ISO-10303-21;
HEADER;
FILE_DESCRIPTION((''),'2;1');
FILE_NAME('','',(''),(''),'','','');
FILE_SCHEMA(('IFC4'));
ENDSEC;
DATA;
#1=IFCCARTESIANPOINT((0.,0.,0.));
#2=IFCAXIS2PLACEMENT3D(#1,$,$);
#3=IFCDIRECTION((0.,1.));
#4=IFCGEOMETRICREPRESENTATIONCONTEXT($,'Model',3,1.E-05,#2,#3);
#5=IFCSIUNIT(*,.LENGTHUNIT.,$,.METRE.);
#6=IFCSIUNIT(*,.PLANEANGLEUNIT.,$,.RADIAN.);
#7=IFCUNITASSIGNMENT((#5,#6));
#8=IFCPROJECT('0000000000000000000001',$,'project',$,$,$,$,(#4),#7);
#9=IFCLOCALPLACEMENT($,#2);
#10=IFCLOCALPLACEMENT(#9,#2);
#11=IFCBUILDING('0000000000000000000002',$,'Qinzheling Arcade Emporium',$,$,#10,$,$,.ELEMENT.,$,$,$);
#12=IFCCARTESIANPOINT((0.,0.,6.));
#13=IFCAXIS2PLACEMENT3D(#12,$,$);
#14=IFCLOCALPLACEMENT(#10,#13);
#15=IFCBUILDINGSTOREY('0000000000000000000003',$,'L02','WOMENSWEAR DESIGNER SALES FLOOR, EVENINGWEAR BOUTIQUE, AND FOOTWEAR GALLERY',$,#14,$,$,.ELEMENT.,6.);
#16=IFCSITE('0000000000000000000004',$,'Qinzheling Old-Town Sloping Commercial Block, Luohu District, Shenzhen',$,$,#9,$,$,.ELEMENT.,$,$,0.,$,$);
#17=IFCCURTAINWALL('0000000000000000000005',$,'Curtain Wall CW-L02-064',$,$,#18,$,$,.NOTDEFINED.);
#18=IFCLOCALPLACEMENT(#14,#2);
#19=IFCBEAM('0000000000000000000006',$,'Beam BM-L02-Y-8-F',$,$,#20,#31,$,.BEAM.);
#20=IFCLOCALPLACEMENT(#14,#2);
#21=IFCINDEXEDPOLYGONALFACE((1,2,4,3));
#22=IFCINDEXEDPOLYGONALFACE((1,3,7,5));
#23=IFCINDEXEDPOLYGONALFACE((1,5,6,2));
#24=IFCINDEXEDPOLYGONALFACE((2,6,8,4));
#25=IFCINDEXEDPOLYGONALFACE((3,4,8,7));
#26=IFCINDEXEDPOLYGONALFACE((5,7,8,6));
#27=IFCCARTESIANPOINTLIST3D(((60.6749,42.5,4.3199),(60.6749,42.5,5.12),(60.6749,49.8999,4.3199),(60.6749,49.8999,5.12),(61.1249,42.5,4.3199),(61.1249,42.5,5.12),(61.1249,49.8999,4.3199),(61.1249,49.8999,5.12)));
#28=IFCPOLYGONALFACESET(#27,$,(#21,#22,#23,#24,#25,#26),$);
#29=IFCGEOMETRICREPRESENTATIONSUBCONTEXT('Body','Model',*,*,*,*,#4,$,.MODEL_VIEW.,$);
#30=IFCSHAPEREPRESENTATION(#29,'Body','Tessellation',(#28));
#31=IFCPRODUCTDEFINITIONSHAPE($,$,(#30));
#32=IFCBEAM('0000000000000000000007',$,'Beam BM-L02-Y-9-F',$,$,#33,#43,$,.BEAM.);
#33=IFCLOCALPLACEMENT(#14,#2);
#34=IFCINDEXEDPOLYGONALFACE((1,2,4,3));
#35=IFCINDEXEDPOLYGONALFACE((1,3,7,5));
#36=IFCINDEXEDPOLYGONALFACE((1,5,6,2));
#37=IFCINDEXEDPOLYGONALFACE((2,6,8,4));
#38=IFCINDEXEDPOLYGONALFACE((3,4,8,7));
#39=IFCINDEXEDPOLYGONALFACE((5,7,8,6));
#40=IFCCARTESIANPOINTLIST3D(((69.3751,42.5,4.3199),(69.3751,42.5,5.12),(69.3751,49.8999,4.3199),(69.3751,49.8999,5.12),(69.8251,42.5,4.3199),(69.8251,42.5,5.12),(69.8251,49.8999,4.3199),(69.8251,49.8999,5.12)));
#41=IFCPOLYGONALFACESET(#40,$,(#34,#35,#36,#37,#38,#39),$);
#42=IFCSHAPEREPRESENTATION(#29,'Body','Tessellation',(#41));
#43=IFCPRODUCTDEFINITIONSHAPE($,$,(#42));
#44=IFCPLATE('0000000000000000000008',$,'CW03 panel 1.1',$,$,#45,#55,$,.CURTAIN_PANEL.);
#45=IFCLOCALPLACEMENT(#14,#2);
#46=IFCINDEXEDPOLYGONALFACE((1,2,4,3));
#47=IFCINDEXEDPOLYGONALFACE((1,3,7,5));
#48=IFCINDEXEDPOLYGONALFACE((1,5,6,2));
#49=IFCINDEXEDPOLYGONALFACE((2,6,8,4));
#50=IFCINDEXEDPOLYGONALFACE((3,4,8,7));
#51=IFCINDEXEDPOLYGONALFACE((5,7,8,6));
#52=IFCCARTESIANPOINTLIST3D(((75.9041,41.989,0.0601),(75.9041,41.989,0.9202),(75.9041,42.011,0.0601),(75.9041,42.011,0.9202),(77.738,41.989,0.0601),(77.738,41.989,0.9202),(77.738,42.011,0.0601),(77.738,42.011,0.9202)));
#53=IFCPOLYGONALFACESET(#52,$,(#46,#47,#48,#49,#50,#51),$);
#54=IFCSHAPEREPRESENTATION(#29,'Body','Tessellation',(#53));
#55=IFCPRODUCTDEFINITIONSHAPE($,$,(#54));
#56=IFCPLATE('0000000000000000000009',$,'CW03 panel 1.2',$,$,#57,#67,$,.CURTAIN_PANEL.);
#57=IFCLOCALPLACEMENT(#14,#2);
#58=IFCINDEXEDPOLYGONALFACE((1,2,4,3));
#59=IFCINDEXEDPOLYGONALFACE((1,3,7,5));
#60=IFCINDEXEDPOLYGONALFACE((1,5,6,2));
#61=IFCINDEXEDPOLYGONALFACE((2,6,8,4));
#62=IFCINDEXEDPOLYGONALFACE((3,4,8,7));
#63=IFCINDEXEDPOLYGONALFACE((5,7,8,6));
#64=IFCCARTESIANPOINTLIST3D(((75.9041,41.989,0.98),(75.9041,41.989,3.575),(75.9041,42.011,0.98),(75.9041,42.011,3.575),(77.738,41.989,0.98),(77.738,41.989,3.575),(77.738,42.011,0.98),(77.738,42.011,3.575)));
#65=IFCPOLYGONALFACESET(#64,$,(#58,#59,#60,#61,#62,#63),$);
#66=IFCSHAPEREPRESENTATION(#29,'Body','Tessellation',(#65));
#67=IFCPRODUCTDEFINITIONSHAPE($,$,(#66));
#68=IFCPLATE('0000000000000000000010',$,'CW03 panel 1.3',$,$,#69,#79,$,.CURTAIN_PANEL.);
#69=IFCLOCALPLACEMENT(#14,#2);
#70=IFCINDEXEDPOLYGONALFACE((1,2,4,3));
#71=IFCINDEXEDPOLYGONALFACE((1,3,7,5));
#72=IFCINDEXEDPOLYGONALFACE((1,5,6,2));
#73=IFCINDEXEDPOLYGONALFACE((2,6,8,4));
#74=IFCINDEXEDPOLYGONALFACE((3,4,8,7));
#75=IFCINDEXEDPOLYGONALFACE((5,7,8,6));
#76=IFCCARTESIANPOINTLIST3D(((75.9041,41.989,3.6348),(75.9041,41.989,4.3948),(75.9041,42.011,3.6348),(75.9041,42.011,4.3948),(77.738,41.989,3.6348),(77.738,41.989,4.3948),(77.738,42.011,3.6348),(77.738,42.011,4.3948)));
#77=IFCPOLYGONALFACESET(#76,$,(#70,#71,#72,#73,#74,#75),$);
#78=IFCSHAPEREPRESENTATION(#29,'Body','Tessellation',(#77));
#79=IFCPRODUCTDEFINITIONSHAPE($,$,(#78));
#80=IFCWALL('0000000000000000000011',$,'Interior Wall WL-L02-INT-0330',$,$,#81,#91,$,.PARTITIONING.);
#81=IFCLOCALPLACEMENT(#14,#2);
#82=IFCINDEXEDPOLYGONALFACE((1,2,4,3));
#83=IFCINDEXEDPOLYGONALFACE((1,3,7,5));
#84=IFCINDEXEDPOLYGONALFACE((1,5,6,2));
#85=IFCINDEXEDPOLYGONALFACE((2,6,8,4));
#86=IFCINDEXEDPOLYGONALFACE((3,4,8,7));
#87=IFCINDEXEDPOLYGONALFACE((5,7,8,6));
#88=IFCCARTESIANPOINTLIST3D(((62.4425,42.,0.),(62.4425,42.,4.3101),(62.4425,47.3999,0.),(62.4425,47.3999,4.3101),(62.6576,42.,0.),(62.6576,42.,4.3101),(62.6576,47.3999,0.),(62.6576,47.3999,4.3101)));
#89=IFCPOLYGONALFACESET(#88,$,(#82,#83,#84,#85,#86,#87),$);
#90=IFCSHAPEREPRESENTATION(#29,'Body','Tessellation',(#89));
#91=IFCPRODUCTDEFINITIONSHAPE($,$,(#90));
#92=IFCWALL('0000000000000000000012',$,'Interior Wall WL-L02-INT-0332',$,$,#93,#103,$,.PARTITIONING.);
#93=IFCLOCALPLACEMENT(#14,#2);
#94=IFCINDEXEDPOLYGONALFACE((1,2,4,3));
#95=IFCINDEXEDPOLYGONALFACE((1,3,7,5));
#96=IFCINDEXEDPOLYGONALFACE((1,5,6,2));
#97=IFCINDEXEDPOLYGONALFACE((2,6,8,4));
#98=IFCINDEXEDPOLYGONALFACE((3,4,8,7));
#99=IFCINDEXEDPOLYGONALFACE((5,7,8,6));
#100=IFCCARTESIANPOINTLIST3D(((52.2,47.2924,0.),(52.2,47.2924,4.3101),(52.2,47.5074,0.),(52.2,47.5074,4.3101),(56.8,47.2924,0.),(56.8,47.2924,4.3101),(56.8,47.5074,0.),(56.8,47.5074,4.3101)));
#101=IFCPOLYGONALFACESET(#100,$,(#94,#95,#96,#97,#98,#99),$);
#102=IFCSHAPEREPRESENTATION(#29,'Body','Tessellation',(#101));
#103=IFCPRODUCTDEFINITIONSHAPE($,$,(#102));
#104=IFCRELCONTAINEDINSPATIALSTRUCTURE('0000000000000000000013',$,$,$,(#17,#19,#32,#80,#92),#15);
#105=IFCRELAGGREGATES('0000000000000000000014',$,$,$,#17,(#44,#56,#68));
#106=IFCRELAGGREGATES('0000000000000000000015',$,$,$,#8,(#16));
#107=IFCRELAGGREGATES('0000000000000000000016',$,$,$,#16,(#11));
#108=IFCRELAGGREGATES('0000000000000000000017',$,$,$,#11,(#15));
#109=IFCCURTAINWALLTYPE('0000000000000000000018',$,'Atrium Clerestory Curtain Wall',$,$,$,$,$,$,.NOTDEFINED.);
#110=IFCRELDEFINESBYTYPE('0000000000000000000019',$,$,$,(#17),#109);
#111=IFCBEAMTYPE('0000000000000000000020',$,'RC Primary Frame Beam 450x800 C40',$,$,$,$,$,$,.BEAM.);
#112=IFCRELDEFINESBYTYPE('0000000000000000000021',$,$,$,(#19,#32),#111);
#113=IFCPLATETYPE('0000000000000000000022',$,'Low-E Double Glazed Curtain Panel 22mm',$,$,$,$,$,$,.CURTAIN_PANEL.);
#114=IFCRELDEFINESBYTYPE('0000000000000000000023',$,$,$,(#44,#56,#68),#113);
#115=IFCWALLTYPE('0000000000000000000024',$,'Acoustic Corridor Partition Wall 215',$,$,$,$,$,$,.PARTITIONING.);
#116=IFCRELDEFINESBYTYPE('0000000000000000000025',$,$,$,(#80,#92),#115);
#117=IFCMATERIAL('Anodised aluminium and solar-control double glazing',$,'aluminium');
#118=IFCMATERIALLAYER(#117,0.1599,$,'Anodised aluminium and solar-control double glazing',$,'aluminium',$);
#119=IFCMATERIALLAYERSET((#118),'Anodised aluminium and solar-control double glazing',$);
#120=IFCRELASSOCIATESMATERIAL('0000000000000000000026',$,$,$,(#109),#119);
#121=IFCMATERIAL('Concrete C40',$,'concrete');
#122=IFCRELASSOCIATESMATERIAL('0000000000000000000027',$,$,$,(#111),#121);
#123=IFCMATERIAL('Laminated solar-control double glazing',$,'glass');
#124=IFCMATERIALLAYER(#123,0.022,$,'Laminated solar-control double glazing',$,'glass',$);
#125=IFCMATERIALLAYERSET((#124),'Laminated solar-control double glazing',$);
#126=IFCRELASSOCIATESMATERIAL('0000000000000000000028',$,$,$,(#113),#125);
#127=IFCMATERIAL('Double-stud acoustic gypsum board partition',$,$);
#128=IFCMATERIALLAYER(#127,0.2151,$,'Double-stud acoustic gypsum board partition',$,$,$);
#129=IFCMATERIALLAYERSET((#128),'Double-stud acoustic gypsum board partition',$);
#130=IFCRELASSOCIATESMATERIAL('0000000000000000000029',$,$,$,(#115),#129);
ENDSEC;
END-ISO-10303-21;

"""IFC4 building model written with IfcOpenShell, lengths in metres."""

from ifc_helpers import new_model, si_unit, direction, frame, frame_2d, origin, origin_2d, place, context, subcontext, project, spatial, rectangle, extrude, material, layer, layer_set, material_profile, profile_set, type_object, element, aggregate, save


model = new_model("IFC4")

# Units and contexts
model_context = context("Model", 3, precision=1e-05, world=origin(), true_north=direction((0.0, 1.0)))
body_context = subcontext(model_context, "Body", "Model", "MODEL_VIEW")
ifc_project = project(units=[si_unit("LENGTHUNIT", "METRE"), si_unit("PLANEANGLEUNIT", "RADIAN")], contexts=[model_context])

# Site, building, storey
site_placement = place(None, origin())
site = spatial("IfcSite", under=ifc_project, at=site_placement, Name="Qinzheling Old-Town Sloping Commercial Block, Luohu District, Shenzhen", CompositionType="ELEMENT", RefElevation=0.0)
building_placement = place(site_placement, origin())
building = spatial("IfcBuilding", under=site, at=building_placement, Name="Qinzheling Arcade Emporium", CompositionType="ELEMENT")
storey_placement = place(building_placement, frame((0.0, 0.0, 6.0)))
storey = spatial("IfcBuildingStorey", under=building, at=storey_placement, Name="L02", Description="WOMENSWEAR DESIGNER SALES FLOOR, EVENINGWEAR BOUTIQUE, AND FOOTWEAR GALLERY", CompositionType="ELEMENT", Elevation=6.0)

# Curtain wall
ifc_material_1 = material(Name="Anodised aluminium and solar-control double glazing", Category="aluminium")
ifc_layer_1 = layer(ifc_material_1, 0.1599, Name="Anodised aluminium and solar-control double glazing", Category="aluminium")
ifc_layer_set_1 = layer_set([ifc_layer_1], Name="Anodised aluminium and solar-control double glazing")
curtain_wall_type = type_object("IfcCurtainWallType", Name="Atrium Clerestory Curtain Wall", PredefinedType="NOTDEFINED", material=ifc_layer_set_1)
curtain_wall_placement = place(storey_placement, origin())
curtain_wall = element("IfcCurtainWall", 1, at=curtain_wall_placement, inside=storey, type_object=curtain_wall_type, Name="Curtain Wall CW-L02-064", PredefinedType="NOTDEFINED")

# Beams
ifc_material_2 = material(Name="Concrete C40", Category="concrete")
ifc_material_profile_1 = material_profile(ifc_material_2, rectangle(XDim=0.45, YDim=0.8, at=origin_2d()), Name="RC 450x800", Category="concrete")
ifc_profile_set_1 = profile_set([ifc_material_profile_1], Name="Concrete C40")
beam_type = type_object("IfcBeamType", Name="RC Primary Frame Beam 450x800 C40", PredefinedType="BEAM", material=ifc_profile_set_1)
for number, where, z_axis, x_axis, name in (
    (2, (60.8999, 42.5, 4.72), (0.0, 1.0, 0.0), (-1.0, 0.0, 0.0), "Beam BM-L02-Y-8-F"),
    (3, (69.6001, 42.5, 4.72), (0.0, 1.0, 0.0), (-1.0, 0.0, 0.0), "Beam BM-L02-Y-9-F"),
):
    element("IfcBeam", number, at=place(storey_placement, frame(where, z_axis=z_axis, x_axis=x_axis)), inside=storey, type_object=beam_type, Name=name, PredefinedType="BEAM", context=body_context, shape_type="SweptSolid", body=[
        extrude(rectangle(XDim=0.45, YDim=0.8, at=origin_2d()), origin(), (0.0, 0.0, 1.0), 7.3999),
    ])

# Plates
ifc_material_3 = material(Name="Laminated solar-control double glazing", Category="glass")
ifc_layer_2 = layer(ifc_material_3, 0.022, Name="Laminated solar-control double glazing", Category="glass")
ifc_layer_set_2 = layer_set([ifc_layer_2], Name="Laminated solar-control double glazing")
plate_type = type_object("IfcPlateType", Name="Low-E Double Glazed Curtain Panel 22mm", PredefinedType="CURTAIN_PANEL", material=ifc_layer_set_2)
plate_1_placement = place(storey_placement, frame((76.821, 42.0, 0.0601), z_axis=(0.0, 0.0, 1.0), x_axis=(-1.0, 0.0, 0.0)))
plate_1 = element("IfcPlate", 4, at=plate_1_placement, type_object=plate_type, Name="CW03 panel 1.1", PredefinedType="CURTAIN_PANEL", context=body_context, shape_type="SweptSolid", body=[
    extrude(rectangle(XDim=1.834, YDim=0.022, at=origin_2d()), origin(), (0.0, 0.0, 1.0), 0.8601),
])
plate_2_placement = place(storey_placement, frame((76.821, 42.0, 0.98), z_axis=(0.0, 0.0, 1.0), x_axis=(-1.0, 0.0, 0.0)))
plate_2 = element("IfcPlate", 5, at=plate_2_placement, type_object=plate_type, Name="CW03 panel 1.2", PredefinedType="CURTAIN_PANEL", context=body_context, shape_type="SweptSolid", body=[
    extrude(rectangle(XDim=1.834, YDim=0.022, at=origin_2d()), origin(), (0.0, 0.0, 1.0), 2.595),
])
plate_3_placement = place(storey_placement, frame((76.821, 42.0, 3.6348), z_axis=(0.0, 0.0, 1.0), x_axis=(-1.0, 0.0, 0.0)))
plate_3 = element("IfcPlate", 6, at=plate_3_placement, type_object=plate_type, Name="CW03 panel 1.3", PredefinedType="CURTAIN_PANEL", context=body_context, shape_type="SweptSolid", body=[
    extrude(rectangle(XDim=1.834, YDim=0.022, at=origin_2d()), origin(), (0.0, 0.0, 1.0), 0.76),
])
aggregate(curtain_wall, [plate_1, plate_2, plate_3])

# Walls
ifc_material_4 = material(Name="Double-stud acoustic gypsum board partition")
ifc_layer_3 = layer(ifc_material_4, 0.2151, Name="Double-stud acoustic gypsum board partition")
ifc_layer_set_3 = layer_set([ifc_layer_3], Name="Double-stud acoustic gypsum board partition")
wall_type = type_object("IfcWallType", Name="Acoustic Corridor Partition Wall 215", PredefinedType="PARTITIONING", material=ifc_layer_set_3)
wall_1_placement = place(storey_placement, frame((62.55, 47.3999, 0.0), z_axis=(0.0, 0.0, 1.0), x_axis=(0.0, -1.0, 0.0)))
element("IfcWall", 7, at=wall_1_placement, inside=storey, type_object=wall_type, Name="Interior Wall WL-L02-INT-0330", PredefinedType="PARTITIONING", context=body_context, shape_type="SweptSolid", body=[
    extrude(rectangle(XDim=5.3999, YDim=0.2151, at=frame_2d((2.7, 0.0))), origin(), (0.0, 0.0, 1.0), 4.3101),
])
wall_2_placement = place(storey_placement, frame((56.8, 47.3999, 0.0), z_axis=(0.0, 0.0, 1.0), x_axis=(-1.0, 0.0, 0.0)))
element("IfcWall", 8, at=wall_2_placement, inside=storey, type_object=wall_type, Name="Interior Wall WL-L02-INT-0332", PredefinedType="PARTITIONING", context=body_context, shape_type="SweptSolid", body=[
    extrude(rectangle(XDim=4.6001, YDim=0.2151, at=frame_2d((2.3, 0.0))), origin(), (0.0, 0.0, 1.0), 4.3101),
])

save(model, "model.ifc")
